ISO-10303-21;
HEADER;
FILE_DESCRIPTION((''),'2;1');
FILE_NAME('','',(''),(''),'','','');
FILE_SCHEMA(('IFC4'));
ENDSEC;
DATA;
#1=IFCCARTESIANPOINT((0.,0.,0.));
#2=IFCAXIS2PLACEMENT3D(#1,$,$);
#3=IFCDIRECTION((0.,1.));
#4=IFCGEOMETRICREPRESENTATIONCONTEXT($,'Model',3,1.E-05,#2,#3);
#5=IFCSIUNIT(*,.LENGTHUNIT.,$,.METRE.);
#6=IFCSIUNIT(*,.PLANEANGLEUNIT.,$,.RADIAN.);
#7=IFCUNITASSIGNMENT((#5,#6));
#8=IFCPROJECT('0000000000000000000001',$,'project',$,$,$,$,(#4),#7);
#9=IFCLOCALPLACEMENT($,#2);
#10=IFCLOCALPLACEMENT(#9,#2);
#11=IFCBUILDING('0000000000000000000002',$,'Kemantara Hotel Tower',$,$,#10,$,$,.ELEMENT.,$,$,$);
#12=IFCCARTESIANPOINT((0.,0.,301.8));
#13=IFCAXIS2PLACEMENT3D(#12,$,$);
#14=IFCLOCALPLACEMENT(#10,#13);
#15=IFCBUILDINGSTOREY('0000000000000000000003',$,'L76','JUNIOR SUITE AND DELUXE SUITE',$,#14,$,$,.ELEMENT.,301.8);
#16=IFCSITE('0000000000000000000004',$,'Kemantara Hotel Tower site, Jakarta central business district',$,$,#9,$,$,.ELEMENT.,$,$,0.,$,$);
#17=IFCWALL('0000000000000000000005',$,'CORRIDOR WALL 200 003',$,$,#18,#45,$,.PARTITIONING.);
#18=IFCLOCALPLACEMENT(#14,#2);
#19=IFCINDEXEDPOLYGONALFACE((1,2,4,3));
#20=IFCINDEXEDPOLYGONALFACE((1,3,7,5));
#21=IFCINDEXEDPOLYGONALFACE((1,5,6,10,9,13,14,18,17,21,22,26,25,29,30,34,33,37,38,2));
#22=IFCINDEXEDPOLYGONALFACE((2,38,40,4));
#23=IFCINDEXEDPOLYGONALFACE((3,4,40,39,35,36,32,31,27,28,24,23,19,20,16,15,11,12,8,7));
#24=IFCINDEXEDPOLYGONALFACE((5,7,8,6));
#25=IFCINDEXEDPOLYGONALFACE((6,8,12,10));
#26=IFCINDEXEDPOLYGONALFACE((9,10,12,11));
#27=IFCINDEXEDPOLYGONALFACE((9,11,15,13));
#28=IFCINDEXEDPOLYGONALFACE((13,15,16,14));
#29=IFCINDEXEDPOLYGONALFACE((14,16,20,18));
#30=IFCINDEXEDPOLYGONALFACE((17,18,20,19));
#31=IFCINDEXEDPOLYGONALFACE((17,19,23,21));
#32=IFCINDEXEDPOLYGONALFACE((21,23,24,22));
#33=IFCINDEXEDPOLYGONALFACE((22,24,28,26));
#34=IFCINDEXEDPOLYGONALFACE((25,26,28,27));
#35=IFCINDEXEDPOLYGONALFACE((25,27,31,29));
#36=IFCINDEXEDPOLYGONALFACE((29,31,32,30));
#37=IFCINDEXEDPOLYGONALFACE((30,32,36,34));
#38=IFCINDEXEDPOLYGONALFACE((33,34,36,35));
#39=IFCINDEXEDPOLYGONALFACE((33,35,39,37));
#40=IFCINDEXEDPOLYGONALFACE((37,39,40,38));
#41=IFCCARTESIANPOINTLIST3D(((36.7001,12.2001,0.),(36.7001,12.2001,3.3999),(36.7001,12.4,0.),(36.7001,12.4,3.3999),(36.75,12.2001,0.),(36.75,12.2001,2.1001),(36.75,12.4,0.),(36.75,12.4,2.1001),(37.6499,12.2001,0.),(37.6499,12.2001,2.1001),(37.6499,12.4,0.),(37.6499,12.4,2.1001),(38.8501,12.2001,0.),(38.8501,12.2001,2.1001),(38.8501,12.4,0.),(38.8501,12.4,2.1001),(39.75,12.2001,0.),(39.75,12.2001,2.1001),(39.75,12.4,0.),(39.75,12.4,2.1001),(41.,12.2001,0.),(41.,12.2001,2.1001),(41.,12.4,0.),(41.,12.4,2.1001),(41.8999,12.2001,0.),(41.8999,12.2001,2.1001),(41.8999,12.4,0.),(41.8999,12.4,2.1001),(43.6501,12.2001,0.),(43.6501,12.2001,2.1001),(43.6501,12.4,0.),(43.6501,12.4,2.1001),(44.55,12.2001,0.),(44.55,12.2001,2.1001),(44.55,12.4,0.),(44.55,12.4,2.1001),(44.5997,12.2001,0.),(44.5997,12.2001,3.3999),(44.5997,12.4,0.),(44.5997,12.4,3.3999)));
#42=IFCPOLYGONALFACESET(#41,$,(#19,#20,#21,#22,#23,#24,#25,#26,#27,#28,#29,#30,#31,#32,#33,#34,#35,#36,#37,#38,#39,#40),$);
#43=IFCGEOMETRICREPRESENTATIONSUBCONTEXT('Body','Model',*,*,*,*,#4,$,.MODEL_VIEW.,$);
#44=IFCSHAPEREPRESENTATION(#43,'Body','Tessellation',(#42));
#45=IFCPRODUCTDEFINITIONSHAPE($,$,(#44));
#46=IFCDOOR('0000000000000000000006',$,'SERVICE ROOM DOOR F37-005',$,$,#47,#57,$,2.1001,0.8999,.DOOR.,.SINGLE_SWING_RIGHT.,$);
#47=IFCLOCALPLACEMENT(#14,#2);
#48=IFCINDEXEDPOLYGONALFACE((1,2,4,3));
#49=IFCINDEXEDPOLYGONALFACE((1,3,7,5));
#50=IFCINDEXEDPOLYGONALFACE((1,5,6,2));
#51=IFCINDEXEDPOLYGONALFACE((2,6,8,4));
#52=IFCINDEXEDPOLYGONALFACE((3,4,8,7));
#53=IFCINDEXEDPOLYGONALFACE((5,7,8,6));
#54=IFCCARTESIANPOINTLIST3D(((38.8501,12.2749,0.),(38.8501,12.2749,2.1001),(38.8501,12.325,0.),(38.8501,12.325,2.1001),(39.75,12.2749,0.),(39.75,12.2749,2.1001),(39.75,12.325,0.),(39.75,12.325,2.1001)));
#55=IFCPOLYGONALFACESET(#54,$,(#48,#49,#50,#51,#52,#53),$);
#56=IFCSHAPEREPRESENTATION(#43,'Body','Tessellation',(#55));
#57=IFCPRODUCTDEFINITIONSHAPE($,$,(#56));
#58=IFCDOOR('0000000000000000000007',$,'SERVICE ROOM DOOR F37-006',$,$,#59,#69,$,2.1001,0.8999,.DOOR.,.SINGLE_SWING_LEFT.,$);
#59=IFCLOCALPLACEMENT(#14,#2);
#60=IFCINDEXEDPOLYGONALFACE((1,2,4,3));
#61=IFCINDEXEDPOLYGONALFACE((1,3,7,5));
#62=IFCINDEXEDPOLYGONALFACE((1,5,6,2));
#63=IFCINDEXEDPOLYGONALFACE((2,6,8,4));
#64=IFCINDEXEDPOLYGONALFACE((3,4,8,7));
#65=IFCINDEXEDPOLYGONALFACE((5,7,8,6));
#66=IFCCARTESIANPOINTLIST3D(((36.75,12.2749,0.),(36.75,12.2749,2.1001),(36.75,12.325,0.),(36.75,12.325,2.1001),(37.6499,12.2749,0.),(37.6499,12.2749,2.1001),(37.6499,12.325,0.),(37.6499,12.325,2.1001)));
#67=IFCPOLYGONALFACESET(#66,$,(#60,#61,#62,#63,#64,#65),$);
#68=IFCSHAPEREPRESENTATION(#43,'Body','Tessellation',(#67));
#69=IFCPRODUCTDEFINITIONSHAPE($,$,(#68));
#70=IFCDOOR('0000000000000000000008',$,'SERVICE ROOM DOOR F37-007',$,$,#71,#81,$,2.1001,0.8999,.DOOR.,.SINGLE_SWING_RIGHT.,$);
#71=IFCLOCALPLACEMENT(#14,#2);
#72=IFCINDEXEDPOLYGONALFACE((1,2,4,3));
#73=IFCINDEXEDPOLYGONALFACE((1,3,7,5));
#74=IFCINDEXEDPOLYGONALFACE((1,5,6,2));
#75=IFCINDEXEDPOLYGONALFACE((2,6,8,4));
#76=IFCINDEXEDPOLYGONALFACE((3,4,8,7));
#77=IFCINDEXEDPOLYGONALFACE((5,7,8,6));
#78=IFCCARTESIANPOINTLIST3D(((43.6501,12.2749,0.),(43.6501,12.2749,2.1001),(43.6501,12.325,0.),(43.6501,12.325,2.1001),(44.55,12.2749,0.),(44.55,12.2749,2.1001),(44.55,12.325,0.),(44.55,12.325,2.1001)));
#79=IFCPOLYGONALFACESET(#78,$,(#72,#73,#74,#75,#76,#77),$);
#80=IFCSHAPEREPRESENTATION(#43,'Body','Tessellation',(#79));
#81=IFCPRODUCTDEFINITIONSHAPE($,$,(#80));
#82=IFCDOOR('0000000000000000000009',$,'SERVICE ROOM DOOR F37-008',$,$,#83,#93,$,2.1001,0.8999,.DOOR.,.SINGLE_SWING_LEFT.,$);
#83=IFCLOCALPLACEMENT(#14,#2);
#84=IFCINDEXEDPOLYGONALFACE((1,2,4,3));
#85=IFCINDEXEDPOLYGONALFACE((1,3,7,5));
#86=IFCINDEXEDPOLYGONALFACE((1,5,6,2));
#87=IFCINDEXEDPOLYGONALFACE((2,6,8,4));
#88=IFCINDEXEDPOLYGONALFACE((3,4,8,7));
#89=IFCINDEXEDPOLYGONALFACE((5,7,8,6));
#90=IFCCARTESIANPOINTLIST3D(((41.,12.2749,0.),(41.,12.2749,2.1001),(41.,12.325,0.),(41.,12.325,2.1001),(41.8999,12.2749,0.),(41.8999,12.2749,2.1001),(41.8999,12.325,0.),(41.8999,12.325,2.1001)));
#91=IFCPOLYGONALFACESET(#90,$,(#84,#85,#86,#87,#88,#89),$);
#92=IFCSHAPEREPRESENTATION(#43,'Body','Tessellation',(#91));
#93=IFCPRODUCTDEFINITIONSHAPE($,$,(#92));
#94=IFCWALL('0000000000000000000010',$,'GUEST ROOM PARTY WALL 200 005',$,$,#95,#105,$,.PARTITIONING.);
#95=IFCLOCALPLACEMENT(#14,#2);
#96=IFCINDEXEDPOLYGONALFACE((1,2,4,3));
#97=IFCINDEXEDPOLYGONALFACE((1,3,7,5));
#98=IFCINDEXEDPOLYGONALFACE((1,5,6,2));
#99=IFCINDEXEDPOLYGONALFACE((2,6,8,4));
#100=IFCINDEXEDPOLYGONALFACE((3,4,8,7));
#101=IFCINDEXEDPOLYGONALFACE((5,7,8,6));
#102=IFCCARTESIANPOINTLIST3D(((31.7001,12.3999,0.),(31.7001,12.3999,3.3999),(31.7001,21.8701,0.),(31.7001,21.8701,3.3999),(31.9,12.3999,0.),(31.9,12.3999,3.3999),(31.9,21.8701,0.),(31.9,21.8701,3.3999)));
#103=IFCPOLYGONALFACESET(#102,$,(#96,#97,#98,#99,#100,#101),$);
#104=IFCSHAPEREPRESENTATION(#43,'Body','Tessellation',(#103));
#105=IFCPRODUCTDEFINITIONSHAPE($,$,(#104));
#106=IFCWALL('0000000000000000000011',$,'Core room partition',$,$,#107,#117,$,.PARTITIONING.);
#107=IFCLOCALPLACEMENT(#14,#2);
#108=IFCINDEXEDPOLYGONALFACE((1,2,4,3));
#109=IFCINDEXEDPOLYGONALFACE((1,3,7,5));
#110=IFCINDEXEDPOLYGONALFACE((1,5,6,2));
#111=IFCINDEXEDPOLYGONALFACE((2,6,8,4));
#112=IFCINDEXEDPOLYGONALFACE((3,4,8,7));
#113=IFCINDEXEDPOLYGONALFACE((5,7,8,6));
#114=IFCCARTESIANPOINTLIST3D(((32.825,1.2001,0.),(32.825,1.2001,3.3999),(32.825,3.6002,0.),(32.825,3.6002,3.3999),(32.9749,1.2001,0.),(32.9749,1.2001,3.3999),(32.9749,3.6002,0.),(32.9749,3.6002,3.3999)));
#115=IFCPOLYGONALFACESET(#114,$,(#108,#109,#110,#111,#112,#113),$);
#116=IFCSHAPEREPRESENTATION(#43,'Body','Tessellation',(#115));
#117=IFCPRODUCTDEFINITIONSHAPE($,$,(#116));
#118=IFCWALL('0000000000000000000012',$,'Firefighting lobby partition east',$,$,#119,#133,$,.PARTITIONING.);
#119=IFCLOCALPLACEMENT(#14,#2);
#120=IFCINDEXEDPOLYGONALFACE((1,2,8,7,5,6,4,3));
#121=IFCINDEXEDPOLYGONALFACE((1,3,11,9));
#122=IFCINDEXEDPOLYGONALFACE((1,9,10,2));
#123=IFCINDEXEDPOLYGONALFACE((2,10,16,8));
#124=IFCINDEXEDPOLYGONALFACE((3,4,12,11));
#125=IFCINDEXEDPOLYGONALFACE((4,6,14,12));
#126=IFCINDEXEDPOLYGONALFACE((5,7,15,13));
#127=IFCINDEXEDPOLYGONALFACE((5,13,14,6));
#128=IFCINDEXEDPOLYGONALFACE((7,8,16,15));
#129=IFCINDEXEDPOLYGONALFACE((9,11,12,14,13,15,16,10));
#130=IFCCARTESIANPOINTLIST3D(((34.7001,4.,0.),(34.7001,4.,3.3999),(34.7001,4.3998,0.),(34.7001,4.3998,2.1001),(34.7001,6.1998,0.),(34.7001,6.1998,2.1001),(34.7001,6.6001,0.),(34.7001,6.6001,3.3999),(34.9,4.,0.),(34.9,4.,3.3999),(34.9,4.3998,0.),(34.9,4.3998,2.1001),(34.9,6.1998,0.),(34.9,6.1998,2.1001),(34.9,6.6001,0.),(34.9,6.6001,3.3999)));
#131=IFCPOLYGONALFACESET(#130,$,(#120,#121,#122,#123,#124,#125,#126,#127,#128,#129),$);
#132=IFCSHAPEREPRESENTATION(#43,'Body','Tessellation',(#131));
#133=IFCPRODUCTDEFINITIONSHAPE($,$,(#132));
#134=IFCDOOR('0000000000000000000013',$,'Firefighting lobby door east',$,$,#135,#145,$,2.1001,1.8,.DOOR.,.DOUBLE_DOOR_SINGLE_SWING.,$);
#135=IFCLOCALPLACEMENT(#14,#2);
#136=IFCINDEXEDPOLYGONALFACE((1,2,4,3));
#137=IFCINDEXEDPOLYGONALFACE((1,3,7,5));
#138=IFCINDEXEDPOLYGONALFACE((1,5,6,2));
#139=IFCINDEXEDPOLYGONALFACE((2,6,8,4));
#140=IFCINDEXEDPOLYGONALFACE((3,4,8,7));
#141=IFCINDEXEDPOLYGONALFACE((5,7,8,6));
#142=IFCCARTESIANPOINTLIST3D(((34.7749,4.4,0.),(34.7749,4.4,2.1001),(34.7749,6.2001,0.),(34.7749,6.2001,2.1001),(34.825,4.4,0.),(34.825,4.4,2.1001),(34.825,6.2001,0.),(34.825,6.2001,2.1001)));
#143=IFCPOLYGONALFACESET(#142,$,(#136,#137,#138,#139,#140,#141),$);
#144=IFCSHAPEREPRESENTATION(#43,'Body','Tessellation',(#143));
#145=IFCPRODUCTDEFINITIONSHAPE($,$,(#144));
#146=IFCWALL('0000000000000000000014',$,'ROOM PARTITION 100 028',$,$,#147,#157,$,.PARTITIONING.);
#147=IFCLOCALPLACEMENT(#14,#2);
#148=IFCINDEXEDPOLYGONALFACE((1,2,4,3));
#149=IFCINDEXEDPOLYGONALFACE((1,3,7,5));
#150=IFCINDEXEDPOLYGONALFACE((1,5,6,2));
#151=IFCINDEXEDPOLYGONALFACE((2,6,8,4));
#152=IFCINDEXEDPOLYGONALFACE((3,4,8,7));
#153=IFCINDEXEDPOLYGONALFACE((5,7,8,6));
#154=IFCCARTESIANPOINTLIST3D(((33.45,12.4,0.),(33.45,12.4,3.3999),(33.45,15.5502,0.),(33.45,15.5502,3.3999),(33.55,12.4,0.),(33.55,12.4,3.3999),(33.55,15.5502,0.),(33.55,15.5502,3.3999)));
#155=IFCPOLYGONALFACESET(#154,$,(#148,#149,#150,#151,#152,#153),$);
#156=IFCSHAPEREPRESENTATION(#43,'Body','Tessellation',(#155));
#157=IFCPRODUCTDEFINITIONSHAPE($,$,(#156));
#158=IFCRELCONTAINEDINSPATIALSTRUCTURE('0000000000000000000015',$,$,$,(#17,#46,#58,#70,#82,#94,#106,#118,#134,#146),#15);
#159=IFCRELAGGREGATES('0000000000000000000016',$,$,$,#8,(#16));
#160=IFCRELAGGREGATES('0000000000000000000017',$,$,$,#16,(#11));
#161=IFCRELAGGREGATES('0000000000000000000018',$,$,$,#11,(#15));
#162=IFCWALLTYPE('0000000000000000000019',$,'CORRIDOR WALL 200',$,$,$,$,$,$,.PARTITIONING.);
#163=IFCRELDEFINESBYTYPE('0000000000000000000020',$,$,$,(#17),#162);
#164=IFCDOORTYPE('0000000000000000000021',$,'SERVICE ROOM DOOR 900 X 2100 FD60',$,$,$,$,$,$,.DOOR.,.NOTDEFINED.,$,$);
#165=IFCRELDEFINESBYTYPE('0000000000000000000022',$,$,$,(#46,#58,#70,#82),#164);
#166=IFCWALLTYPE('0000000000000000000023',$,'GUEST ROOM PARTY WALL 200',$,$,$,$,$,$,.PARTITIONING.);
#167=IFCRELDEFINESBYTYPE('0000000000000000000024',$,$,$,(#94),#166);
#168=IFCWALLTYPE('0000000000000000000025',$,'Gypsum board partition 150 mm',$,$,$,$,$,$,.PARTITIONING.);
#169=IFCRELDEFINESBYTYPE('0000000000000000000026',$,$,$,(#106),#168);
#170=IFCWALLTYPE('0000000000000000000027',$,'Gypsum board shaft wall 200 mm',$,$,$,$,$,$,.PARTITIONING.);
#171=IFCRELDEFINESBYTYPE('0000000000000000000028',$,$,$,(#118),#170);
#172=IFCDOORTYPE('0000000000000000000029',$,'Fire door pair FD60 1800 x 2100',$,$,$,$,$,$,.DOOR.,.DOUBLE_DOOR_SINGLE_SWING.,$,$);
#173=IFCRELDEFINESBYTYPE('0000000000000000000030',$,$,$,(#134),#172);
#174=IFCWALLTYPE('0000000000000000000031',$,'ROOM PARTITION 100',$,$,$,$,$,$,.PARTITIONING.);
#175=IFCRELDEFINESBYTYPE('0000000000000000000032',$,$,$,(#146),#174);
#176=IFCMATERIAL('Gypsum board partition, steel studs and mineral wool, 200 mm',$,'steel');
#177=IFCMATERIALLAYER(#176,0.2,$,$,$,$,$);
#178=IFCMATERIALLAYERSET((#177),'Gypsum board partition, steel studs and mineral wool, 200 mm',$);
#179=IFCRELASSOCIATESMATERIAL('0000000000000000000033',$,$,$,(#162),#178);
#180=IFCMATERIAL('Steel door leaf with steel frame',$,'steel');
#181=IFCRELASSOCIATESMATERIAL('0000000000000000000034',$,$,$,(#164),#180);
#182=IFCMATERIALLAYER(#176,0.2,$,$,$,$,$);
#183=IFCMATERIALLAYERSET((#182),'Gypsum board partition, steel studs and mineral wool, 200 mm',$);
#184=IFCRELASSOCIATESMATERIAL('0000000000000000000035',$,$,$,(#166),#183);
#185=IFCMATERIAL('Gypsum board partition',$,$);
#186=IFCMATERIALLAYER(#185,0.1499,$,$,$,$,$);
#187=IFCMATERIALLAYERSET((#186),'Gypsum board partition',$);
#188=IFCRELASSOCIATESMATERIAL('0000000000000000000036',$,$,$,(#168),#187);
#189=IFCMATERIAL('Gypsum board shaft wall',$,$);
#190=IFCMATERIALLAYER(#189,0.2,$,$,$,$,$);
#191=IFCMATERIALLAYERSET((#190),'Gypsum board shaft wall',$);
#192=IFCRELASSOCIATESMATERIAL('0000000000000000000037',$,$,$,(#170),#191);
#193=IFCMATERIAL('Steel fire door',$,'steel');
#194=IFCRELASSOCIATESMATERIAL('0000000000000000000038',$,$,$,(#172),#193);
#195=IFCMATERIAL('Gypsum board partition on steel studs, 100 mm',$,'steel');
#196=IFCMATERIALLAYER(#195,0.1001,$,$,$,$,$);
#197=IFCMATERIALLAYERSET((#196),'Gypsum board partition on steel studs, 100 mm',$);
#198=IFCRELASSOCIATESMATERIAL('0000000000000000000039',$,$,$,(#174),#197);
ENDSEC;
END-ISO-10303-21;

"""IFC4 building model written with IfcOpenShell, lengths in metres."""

from ifc_helpers import new_model, si_unit, direction, frame, frame_2d, origin, place, context, subcontext, project, spatial, rectangle, extrude, material, layer, layer_set, type_object, element, fill, save


model = new_model("IFC4")

# Units and contexts
model_context = context("Model", 3, precision=1e-05, world=origin(), true_north=direction((0.0, 1.0)))
body_context = subcontext(model_context, "Body", "Model", "MODEL_VIEW")
ifc_project = project(units=[si_unit("LENGTHUNIT", "METRE"), si_unit("PLANEANGLEUNIT", "RADIAN")], contexts=[model_context])

# Site, building, storey
site_placement = place(None, origin())
site = spatial("IfcSite", under=ifc_project, at=site_placement, Name="Kemantara Hotel Tower site, Jakarta central business district", CompositionType="ELEMENT", RefElevation=0.0)
building_placement = place(site_placement, origin())
building = spatial("IfcBuilding", under=site, at=building_placement, Name="Kemantara Hotel Tower", CompositionType="ELEMENT")
storey_placement = place(building_placement, frame((0.0, 0.0, 301.8)))
storey = spatial("IfcBuildingStorey", under=building, at=storey_placement, Name="L76", Description="JUNIOR SUITE AND DELUXE SUITE", CompositionType="ELEMENT", Elevation=301.8)

# Shared definitions
ifc_material_1 = material(Name="Steel fire door", Category="steel")

# Wall, openings, doors
ifc_material_2 = material(Name="Gypsum board partition, steel studs and mineral wool, 200 mm", Category="steel")
ifc_layer_1 = layer(ifc_material_2, 0.2)
ifc_layer_set_1 = layer_set([ifc_layer_1], Name="Gypsum board partition, steel studs and mineral wool, 200 mm")
wall_type_1 = type_object("IfcWallType", Name="CORRIDOR WALL 200", PredefinedType="PARTITIONING", material=ifc_layer_set_1)
wall_1_placement = place(storey_placement, frame((36.7002, 12.3, 0.0), z_axis=(0.0, 0.0, 1.0), x_axis=(1.0, 0.0, 0.0)))
wall_1 = element("IfcWall", 1, at=wall_1_placement, inside=storey, type_object=wall_type_1, Name="CORRIDOR WALL 200 003", PredefinedType="PARTITIONING", context=body_context, shape_type="SweptSolid", body=[
    extrude(rectangle(XDim=7.8997, YDim=0.2, at=frame_2d((3.9497, 0.0))), origin(), (0.0, 0.0, 1.0), 3.3999),
])
opening_1_placement = place(wall_1_placement, frame((2.1499, 0.0, 0.0)))
opening_1 = element("IfcOpeningElement", 2, at=opening_1_placement, cuts=wall_1, PredefinedType="OPENING", context=body_context, shape_type="SweptSolid", body=[
    extrude(rectangle(XDim=0.8999, YDim=2.1001, at=frame_2d((0.45, 1.05))), frame((0.0, 0.1099, 0.0), z_axis=(0.0, -1.0, 0.0), x_axis=(1.0, 0.0, 0.0)), (0.0, 0.0, 1.0), 0.22),
])
opening_2_placement = place(wall_1_placement, frame((0.0498, 0.0, 0.0)))
opening_2 = element("IfcOpeningElement", 3, at=opening_2_placement, cuts=wall_1, PredefinedType="OPENING", context=body_context, shape_type="SweptSolid", body=[
    extrude(rectangle(XDim=0.8999, YDim=2.1001, at=frame_2d((0.45, 1.05))), frame((0.0, 0.1099, 0.0), z_axis=(0.0, -1.0, 0.0), x_axis=(1.0, 0.0, 0.0)), (0.0, 0.0, 1.0), 0.22),
])
opening_3_placement = place(wall_1_placement, frame((6.95, 0.0, 0.0)))
opening_3 = element("IfcOpeningElement", 4, at=opening_3_placement, cuts=wall_1, PredefinedType="OPENING", context=body_context, shape_type="SweptSolid", body=[
    extrude(rectangle(XDim=0.8999, YDim=2.1001, at=frame_2d((0.45, 1.05))), frame((0.0, 0.1099, 0.0), z_axis=(0.0, -1.0, 0.0), x_axis=(1.0, 0.0, 0.0)), (0.0, 0.0, 1.0), 0.22),
])
opening_4_placement = place(wall_1_placement, frame((4.2998, 0.0, 0.0)))
opening_4 = element("IfcOpeningElement", 5, at=opening_4_placement, cuts=wall_1, PredefinedType="OPENING", context=body_context, shape_type="SweptSolid", body=[
    extrude(rectangle(XDim=0.8999, YDim=2.1001, at=frame_2d((0.45, 1.05))), frame((0.0, 0.1099, 0.0), z_axis=(0.0, -1.0, 0.0), x_axis=(1.0, 0.0, 0.0)), (0.0, 0.0, 1.0), 0.22),
])
ifc_material_3 = material(Name="Steel door leaf with steel frame", Category="steel")
door_type_1 = type_object("IfcDoorType", Name="SERVICE ROOM DOOR 900 X 2100 FD60", OperationType="NOTDEFINED", PredefinedType="DOOR", material=ifc_material_3)
door_1_placement = place(opening_1_placement, origin())
door_1 = element("IfcDoor", 6, at=door_1_placement, inside=storey, type_object=door_type_1, Name="SERVICE ROOM DOOR F37-005", OperationType="SINGLE_SWING_RIGHT", OverallHeight=2.1001, OverallWidth=0.8999, PredefinedType="DOOR", context=body_context, shape_type="SweptSolid", body=[
    extrude(rectangle(XDim=0.8999, YDim=2.1001, at=frame_2d((0.45, 1.05))), frame((0.0, 0.0249, 0.0), z_axis=(0.0, -1.0, 0.0), x_axis=(1.0, 0.0, 0.0)), (0.0, 0.0, 1.0), 0.05),
])
fill(opening_1, door_1)
door_2_placement = place(opening_2_placement, origin())
door_2 = element("IfcDoor", 7, at=door_2_placement, inside=storey, type_object=door_type_1, Name="SERVICE ROOM DOOR F37-006", OperationType="SINGLE_SWING_LEFT", OverallHeight=2.1001, OverallWidth=0.8999, PredefinedType="DOOR", context=body_context, shape_type="SweptSolid", body=[
    extrude(rectangle(XDim=0.8999, YDim=2.1001, at=frame_2d((0.45, 1.05))), frame((0.0, 0.0249, 0.0), z_axis=(0.0, -1.0, 0.0), x_axis=(1.0, 0.0, 0.0)), (0.0, 0.0, 1.0), 0.05),
])
fill(opening_2, door_2)
door_3_placement = place(opening_3_placement, origin())
door_3 = element("IfcDoor", 8, at=door_3_placement, inside=storey, type_object=door_type_1, Name="SERVICE ROOM DOOR F37-007", OperationType="SINGLE_SWING_RIGHT", OverallHeight=2.1001, OverallWidth=0.8999, PredefinedType="DOOR", context=body_context, shape_type="SweptSolid", body=[
    extrude(rectangle(XDim=0.8999, YDim=2.1001, at=frame_2d((0.45, 1.05))), frame((0.0, 0.0249, 0.0), z_axis=(0.0, -1.0, 0.0), x_axis=(1.0, 0.0, 0.0)), (0.0, 0.0, 1.0), 0.05),
])
fill(opening_3, door_3)
door_4_placement = place(opening_4_placement, origin())
door_4 = element("IfcDoor", 9, at=door_4_placement, inside=storey, type_object=door_type_1, Name="SERVICE ROOM DOOR F37-008", OperationType="SINGLE_SWING_LEFT", OverallHeight=2.1001, OverallWidth=0.8999, PredefinedType="DOOR", context=body_context, shape_type="SweptSolid", body=[
    extrude(rectangle(XDim=0.8999, YDim=2.1001, at=frame_2d((0.45, 1.05))), frame((0.0, 0.0249, 0.0), z_axis=(0.0, -1.0, 0.0), x_axis=(1.0, 0.0, 0.0)), (0.0, 0.0, 1.0), 0.05),
])
fill(opening_4, door_4)

# Walls
ifc_layer_2 = layer(ifc_material_2, 0.2)
ifc_layer_set_2 = layer_set([ifc_layer_2], Name="Gypsum board partition, steel studs and mineral wool, 200 mm")
wall_type_2 = type_object("IfcWallType", Name="GUEST ROOM PARTY WALL 200", PredefinedType="PARTITIONING", material=ifc_layer_set_2)
wall_2_placement = place(storey_placement, frame((31.8, 12.3999, 0.0), z_axis=(0.0, 0.0, 1.0), x_axis=(0.0, 1.0, 0.0)))
element("IfcWall", 10, at=wall_2_placement, inside=storey, type_object=wall_type_2, Name="GUEST ROOM PARTY WALL 200 005", PredefinedType="PARTITIONING", context=body_context, shape_type="SweptSolid", body=[
    extrude(rectangle(XDim=9.4702, YDim=0.2, at=frame_2d((4.7351, 0.0))), origin(), (0.0, 0.0, 1.0), 3.3999),
])
ifc_material_4 = material(Name="Gypsum board partition")
ifc_layer_3 = layer(ifc_material_4, 0.1499)
ifc_layer_set_3 = layer_set([ifc_layer_3], Name="Gypsum board partition")
wall_type_3 = type_object("IfcWallType", Name="Gypsum board partition 150 mm", PredefinedType="PARTITIONING", material=ifc_layer_set_3)
wall_3_placement = place(storey_placement, frame((32.8999, 1.2, 0.0), z_axis=(0.0, 0.0, 1.0), x_axis=(0.0, 1.0, 0.0)))
element("IfcWall", 11, at=wall_3_placement, inside=storey, type_object=wall_type_3, Name="Core room partition", PredefinedType="PARTITIONING", context=body_context, shape_type="SweptSolid", body=[
    extrude(rectangle(XDim=2.4001, YDim=0.1499, at=frame_2d((1.2002, 0.0))), origin(), (0.0, 0.0, 1.0), 3.3999),
])

# Wall, opening, door
ifc_material_5 = material(Name="Gypsum board shaft wall")
ifc_layer_4 = layer(ifc_material_5, 0.2)
ifc_layer_set_4 = layer_set([ifc_layer_4], Name="Gypsum board shaft wall")
wall_type_4 = type_object("IfcWallType", Name="Gypsum board shaft wall 200 mm", PredefinedType="PARTITIONING", material=ifc_layer_set_4)
wall_4_placement = place(storey_placement, frame((34.8, 4.0, 0.0), z_axis=(0.0, 0.0, 1.0), x_axis=(0.0, 1.0, 0.0)))
wall_4 = element("IfcWall", 12, at=wall_4_placement, inside=storey, type_object=wall_type_4, Name="Firefighting lobby partition east", PredefinedType="PARTITIONING", context=body_context, shape_type="SweptSolid", body=[
    extrude(rectangle(XDim=2.6001, YDim=0.2, at=frame_2d((1.3, 0.0))), origin(), (0.0, 0.0, 1.0), 3.3999),
])
opening_5_placement = place(wall_4_placement, frame((0.3999, 0.0, 0.0)))
opening_5 = element("IfcOpeningElement", 13, at=opening_5_placement, cuts=wall_4, PredefinedType="OPENING", context=body_context, shape_type="SweptSolid", body=[
    extrude(rectangle(XDim=1.8, YDim=2.1001, at=frame_2d((0.8999, 1.05))), frame((0.0, 0.1099, 0.0), z_axis=(0.0, -1.0, 0.0), x_axis=(1.0, 0.0, 0.0)), (0.0, 0.0, 1.0), 0.22),
])
door_type_2 = type_object("IfcDoorType", Name="Fire door pair FD60 1800 x 2100", OperationType="DOUBLE_DOOR_SINGLE_SWING", PredefinedType="DOOR", material=ifc_material_1)
door_5_placement = place(opening_5_placement, frame((1.8, 0.0, 0.0), z_axis=(0.0, 0.0, 1.0), x_axis=(-1.0, 0.0, 0.0)))
door_5 = element("IfcDoor", 14, at=door_5_placement, inside=storey, type_object=door_type_2, Name="Firefighting lobby door east", OperationType="DOUBLE_DOOR_SINGLE_SWING", OverallHeight=2.1001, OverallWidth=1.8, PredefinedType="DOOR", context=body_context, shape_type="SweptSolid", body=[
    extrude(rectangle(XDim=1.8, YDim=2.1001, at=frame_2d((0.8999, 1.05))), frame((0.0, 0.0249, 0.0), z_axis=(0.0, -1.0, 0.0), x_axis=(1.0, 0.0, 0.0)), (0.0, 0.0, 1.0), 0.05),
])
fill(opening_5, door_5)

# Wall
ifc_material_6 = material(Name="Gypsum board partition on steel studs, 100 mm", Category="steel")
ifc_layer_5 = layer(ifc_material_6, 0.1001)
ifc_layer_set_5 = layer_set([ifc_layer_5], Name="Gypsum board partition on steel studs, 100 mm")
wall_type_5 = type_object("IfcWallType", Name="ROOM PARTITION 100", PredefinedType="PARTITIONING", material=ifc_layer_set_5)
wall_5_placement = place(storey_placement, frame((33.5, 12.3999, 0.0), z_axis=(0.0, 0.0, 1.0), x_axis=(0.0, 1.0, 0.0)))
element("IfcWall", 15, at=wall_5_placement, inside=storey, type_object=wall_type_5, Name="ROOM PARTITION 100 028", PredefinedType="PARTITIONING", context=body_context, shape_type="SweptSolid", body=[
    extrude(rectangle(XDim=3.1501, YDim=0.1001, at=frame_2d((1.5752, 0.0))), origin(), (0.0, 0.0, 1.0), 3.3999),
])

save(model, "model.ifc")
